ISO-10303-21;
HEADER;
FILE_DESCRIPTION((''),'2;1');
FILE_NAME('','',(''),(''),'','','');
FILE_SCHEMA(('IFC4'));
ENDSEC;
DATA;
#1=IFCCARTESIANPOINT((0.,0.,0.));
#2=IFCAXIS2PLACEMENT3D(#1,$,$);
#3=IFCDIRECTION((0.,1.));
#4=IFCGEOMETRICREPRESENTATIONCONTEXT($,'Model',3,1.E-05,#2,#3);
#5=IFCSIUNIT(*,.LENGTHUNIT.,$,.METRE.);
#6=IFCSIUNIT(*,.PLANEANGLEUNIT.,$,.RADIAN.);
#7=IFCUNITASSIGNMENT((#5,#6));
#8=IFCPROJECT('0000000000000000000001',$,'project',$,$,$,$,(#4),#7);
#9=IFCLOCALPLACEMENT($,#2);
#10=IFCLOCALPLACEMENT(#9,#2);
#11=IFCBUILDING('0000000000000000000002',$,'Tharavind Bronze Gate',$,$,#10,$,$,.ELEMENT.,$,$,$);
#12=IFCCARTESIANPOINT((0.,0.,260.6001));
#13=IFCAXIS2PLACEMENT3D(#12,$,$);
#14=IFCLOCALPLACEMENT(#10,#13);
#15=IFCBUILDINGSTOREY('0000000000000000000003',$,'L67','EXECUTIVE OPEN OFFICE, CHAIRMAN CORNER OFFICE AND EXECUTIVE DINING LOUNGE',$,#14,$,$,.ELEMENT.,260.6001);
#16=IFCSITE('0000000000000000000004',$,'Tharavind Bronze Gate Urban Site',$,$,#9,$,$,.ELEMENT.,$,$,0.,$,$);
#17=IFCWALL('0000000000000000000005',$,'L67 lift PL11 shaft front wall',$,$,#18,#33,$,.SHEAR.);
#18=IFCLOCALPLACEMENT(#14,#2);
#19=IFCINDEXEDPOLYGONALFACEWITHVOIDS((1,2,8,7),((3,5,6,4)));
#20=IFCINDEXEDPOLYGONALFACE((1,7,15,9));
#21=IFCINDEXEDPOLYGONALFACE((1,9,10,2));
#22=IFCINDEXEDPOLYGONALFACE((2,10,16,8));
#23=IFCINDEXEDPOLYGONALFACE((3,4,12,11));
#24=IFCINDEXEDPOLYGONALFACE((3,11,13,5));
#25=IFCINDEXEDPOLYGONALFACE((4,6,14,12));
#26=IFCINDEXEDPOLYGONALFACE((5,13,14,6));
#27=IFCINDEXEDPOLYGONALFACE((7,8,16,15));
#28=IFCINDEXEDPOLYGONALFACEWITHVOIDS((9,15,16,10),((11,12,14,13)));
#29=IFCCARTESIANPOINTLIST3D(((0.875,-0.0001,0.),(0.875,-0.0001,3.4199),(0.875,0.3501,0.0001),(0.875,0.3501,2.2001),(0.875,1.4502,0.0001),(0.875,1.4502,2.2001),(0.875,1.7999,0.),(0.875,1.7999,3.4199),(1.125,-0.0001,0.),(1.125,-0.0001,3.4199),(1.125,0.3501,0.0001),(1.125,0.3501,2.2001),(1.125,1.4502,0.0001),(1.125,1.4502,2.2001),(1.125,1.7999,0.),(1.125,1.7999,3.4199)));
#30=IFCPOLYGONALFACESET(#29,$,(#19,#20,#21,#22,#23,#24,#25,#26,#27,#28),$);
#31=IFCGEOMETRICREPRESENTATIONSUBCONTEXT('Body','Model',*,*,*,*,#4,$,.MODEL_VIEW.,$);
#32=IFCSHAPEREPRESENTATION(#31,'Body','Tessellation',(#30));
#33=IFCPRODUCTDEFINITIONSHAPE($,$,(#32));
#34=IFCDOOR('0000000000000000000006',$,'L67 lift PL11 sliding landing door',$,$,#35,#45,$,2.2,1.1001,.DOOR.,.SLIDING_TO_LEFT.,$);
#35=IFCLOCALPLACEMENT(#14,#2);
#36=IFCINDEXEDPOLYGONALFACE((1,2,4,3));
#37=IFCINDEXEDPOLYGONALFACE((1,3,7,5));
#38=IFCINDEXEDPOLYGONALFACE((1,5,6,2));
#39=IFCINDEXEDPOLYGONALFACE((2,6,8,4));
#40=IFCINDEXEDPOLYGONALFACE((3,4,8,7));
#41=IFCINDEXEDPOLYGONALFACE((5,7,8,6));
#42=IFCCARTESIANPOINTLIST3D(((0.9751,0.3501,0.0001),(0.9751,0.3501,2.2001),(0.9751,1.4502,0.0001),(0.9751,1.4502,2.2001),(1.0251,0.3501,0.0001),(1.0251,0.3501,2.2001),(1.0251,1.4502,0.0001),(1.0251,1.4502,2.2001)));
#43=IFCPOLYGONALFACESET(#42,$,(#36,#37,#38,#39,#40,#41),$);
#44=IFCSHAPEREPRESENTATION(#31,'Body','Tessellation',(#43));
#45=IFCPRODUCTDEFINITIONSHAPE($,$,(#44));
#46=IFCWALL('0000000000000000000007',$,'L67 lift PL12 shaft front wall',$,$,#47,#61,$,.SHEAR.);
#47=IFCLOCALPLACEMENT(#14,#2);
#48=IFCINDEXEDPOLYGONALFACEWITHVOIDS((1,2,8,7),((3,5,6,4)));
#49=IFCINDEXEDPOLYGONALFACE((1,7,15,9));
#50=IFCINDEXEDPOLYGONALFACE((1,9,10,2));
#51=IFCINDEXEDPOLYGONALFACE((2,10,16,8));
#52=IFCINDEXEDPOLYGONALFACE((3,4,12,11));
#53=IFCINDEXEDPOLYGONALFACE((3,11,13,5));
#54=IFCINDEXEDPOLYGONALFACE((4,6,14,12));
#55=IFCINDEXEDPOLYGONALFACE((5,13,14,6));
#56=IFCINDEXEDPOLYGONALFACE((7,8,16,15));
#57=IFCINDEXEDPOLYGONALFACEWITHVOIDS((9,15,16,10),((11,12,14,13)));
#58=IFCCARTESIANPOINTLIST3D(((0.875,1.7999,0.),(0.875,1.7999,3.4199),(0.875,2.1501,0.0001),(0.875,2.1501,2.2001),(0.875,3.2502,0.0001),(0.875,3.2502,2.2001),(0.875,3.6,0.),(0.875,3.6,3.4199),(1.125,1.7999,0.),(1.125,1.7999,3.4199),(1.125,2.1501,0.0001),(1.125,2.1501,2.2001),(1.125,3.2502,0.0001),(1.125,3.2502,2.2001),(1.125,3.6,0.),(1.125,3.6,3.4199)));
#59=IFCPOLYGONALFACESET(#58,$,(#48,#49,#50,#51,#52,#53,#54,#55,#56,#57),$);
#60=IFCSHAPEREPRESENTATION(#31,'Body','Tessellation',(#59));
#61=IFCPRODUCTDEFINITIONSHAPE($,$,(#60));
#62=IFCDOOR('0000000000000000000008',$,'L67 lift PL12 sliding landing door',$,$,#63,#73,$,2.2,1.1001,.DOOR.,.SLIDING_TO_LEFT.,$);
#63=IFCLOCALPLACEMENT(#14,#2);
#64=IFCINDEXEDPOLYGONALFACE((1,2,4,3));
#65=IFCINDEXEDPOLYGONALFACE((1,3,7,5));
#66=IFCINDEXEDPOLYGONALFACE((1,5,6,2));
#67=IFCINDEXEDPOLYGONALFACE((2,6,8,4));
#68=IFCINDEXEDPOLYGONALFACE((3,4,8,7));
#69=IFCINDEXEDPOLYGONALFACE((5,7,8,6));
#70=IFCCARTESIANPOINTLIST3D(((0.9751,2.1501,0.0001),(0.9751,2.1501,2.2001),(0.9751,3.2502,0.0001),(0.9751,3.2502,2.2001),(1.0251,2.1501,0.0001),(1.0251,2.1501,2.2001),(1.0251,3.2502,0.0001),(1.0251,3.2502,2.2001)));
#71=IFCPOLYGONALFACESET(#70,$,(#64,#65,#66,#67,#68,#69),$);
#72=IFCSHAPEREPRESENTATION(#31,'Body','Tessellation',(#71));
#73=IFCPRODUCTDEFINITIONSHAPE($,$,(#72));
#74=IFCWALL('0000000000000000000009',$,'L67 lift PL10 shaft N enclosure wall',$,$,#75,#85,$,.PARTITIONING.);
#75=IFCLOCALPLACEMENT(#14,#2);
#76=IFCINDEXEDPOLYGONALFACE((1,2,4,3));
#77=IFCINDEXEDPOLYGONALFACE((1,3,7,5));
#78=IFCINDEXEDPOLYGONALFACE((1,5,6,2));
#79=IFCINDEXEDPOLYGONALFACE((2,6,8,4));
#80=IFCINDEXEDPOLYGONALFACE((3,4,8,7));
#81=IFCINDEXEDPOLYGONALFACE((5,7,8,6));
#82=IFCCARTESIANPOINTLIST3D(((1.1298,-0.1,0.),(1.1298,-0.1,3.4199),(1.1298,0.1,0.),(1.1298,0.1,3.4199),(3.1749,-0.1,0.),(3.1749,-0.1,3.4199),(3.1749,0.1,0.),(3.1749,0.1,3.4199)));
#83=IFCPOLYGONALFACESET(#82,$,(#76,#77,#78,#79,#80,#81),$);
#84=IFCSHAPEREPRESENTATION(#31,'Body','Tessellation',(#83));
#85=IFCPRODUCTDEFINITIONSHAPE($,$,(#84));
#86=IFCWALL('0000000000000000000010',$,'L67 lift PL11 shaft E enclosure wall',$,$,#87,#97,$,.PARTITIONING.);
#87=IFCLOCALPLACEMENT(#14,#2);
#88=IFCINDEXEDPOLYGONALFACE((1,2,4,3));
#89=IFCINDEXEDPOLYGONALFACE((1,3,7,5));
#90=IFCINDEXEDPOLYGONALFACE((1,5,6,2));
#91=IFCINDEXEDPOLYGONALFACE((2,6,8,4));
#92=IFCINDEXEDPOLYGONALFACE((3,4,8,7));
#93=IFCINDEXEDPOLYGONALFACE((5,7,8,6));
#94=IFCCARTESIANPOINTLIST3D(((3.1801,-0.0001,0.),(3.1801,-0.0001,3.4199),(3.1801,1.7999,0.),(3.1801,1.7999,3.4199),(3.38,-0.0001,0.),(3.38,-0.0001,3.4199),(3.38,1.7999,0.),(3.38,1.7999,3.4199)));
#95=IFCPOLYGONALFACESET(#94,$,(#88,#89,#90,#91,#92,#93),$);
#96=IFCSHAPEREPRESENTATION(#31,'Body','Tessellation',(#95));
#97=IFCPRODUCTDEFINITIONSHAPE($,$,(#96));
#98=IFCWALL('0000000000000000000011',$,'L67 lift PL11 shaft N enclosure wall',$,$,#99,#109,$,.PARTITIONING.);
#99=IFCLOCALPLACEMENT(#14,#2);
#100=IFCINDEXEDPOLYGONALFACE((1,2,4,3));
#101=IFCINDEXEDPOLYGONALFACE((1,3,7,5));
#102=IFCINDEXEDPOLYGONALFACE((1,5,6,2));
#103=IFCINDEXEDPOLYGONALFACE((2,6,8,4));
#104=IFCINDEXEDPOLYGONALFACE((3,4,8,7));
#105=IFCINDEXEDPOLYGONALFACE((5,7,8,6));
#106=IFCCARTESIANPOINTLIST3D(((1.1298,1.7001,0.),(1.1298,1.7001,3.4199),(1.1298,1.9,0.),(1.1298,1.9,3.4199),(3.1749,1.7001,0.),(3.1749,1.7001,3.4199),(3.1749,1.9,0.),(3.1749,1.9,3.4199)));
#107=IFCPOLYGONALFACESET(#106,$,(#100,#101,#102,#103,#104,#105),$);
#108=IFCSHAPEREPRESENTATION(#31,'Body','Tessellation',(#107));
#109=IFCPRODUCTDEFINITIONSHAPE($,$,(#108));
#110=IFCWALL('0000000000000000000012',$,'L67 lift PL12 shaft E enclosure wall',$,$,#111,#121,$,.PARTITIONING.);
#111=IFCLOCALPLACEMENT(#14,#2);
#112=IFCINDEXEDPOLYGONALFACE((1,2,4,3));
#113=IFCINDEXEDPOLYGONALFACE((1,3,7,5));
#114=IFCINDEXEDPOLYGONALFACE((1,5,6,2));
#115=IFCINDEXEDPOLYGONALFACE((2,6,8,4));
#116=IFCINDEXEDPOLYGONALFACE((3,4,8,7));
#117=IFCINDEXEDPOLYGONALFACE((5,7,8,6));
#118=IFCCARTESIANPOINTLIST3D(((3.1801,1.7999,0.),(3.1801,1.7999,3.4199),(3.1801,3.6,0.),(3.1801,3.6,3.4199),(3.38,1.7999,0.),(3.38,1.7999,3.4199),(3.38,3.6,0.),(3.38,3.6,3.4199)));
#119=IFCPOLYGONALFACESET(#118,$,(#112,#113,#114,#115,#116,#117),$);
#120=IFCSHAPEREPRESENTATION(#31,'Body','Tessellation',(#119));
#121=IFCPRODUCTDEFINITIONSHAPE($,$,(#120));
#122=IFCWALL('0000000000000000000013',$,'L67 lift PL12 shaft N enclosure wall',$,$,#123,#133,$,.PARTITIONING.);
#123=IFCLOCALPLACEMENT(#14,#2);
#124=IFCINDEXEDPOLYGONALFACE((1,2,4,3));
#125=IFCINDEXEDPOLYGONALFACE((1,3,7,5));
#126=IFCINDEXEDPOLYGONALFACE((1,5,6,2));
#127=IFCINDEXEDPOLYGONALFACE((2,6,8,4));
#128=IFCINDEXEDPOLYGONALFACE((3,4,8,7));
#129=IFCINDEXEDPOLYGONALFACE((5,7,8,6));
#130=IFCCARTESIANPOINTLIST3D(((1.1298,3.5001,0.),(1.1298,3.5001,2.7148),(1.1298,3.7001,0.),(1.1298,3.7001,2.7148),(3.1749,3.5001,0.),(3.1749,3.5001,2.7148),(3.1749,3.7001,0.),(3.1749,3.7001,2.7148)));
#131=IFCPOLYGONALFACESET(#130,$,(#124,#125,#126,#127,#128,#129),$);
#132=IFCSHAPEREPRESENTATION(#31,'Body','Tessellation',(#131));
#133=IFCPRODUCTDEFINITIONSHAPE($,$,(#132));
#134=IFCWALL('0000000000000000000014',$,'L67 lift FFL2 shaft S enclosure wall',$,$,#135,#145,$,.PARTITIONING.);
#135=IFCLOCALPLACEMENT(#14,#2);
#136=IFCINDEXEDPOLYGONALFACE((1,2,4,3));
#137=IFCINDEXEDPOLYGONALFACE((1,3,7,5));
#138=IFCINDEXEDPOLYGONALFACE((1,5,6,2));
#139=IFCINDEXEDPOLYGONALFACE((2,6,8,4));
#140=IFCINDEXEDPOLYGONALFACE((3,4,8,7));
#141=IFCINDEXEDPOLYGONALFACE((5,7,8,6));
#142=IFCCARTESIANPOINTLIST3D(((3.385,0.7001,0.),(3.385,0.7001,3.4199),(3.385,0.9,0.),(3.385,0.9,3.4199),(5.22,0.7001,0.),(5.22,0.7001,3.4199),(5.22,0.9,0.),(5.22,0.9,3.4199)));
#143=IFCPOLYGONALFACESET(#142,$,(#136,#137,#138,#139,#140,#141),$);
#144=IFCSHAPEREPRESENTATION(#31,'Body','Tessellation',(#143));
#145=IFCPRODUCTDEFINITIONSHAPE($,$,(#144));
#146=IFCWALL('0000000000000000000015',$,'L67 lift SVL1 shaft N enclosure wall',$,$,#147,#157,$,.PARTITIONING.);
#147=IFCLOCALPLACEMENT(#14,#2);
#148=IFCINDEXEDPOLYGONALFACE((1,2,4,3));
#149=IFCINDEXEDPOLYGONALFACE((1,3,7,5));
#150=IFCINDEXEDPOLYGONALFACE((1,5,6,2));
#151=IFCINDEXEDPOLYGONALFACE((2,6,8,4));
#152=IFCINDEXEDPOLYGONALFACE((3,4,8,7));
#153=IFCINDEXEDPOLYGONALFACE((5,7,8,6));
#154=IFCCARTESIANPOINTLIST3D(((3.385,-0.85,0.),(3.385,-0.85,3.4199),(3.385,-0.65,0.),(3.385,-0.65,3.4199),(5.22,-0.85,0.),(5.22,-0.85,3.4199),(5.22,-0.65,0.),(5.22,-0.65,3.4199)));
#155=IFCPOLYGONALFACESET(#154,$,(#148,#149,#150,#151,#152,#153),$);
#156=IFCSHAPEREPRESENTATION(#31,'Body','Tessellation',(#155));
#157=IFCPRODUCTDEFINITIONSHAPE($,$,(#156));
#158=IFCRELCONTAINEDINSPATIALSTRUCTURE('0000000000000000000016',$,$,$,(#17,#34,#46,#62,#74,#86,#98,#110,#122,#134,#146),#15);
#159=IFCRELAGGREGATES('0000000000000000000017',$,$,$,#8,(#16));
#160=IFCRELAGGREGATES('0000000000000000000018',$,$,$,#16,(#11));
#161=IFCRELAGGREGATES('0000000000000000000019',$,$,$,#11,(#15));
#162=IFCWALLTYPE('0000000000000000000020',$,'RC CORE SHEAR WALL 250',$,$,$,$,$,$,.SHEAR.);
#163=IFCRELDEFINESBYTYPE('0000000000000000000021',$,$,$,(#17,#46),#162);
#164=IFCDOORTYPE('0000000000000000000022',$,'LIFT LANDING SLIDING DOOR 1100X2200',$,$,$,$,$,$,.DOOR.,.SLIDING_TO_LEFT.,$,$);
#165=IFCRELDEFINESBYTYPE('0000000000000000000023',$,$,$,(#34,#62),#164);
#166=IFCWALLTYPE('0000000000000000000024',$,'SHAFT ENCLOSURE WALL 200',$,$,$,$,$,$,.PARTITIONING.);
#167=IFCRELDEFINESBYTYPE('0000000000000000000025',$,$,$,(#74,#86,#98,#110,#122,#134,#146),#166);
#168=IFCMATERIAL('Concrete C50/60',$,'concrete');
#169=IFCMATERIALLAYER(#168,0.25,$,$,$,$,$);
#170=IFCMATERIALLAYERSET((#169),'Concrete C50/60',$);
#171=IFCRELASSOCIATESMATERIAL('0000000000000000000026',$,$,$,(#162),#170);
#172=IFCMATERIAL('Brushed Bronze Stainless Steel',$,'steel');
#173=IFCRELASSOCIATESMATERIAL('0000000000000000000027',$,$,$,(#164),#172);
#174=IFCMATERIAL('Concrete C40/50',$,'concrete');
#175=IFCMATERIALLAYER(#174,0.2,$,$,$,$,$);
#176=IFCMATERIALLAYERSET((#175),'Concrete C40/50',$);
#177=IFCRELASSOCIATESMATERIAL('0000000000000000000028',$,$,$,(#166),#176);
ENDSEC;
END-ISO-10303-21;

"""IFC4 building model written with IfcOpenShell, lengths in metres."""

from ifc_helpers import new_model, si_unit, direction, frame, frame_2d, origin, place, context, subcontext, project, spatial, rectangle, extrude, material, layer, layer_set, type_object, element, fill, save


model = new_model("IFC4")

# Units and contexts
model_context = context("Model", 3, precision=1e-05, world=origin(), true_north=direction((0.0, 1.0)))
body_context = subcontext(model_context, "Body", "Model", "MODEL_VIEW")
ifc_project = project(units=[si_unit("LENGTHUNIT", "METRE"), si_unit("PLANEANGLEUNIT", "RADIAN")], contexts=[model_context])

# Site, building, storey
site_placement = place(None, origin())
site = spatial("IfcSite", under=ifc_project, at=site_placement, Name="Tharavind Bronze Gate Urban Site", CompositionType="ELEMENT", RefElevation=0.0)
building_placement = place(site_placement, origin())
building = spatial("IfcBuilding", under=site, at=building_placement, Name="Tharavind Bronze Gate", CompositionType="ELEMENT")
storey_placement = place(building_placement, frame((0.0, 0.0, 260.6001)))
storey = spatial("IfcBuildingStorey", under=building, at=storey_placement, Name="L67", Description="EXECUTIVE OPEN OFFICE, CHAIRMAN CORNER OFFICE AND EXECUTIVE DINING LOUNGE", CompositionType="ELEMENT", Elevation=260.6001)

# Walls, openings, doors
ifc_material_1 = material(Name="Concrete C50/60", Category="concrete")
ifc_layer_1 = layer(ifc_material_1, 0.25)
ifc_layer_set_1 = layer_set([ifc_layer_1], Name="Concrete C50/60")
wall_type_1 = type_object("IfcWallType", Name="RC CORE SHEAR WALL 250", PredefinedType="SHEAR", material=ifc_layer_set_1)
wall_1_placement = place(storey_placement, frame((1.0, 0.0, 0.0), z_axis=(0.0, 0.0, 1.0), x_axis=(0.0, 1.0, 0.0)))
wall_1 = element("IfcWall", 1, at=wall_1_placement, inside=storey, type_object=wall_type_1, Name="L67 lift PL11 shaft front wall", PredefinedType="SHEAR", context=body_context, shape_type="SweptSolid", body=[
    extrude(rectangle(XDim=1.8, YDim=0.25, at=frame_2d((0.8999, 0.0))), origin(), (0.0, 0.0, 1.0), 3.4199),
])
opening_1_placement = place(wall_1_placement, frame((0.3501, 0.0, 0.0)))
opening_1 = element("IfcOpeningElement", 2, at=opening_1_placement, cuts=wall_1, PredefinedType="OPENING", context=body_context, shape_type="SweptSolid", body=[
    extrude(rectangle(XDim=1.1001, YDim=2.2, at=frame_2d((0.55, 1.1001))), frame((0.0, 0.135, 0.0), z_axis=(0.0, -1.0, 0.0), x_axis=(1.0, 0.0, 0.0)), (0.0, 0.0, 1.0), 0.27),
])
ifc_material_2 = material(Name="Brushed Bronze Stainless Steel", Category="steel")
door_type = type_object("IfcDoorType", Name="LIFT LANDING SLIDING DOOR 1100X2200", OperationType="SLIDING_TO_LEFT", PredefinedType="DOOR", material=ifc_material_2)
door_1_placement = place(opening_1_placement, origin())
door_1 = element("IfcDoor", 3, at=door_1_placement, inside=storey, type_object=door_type, Name="L67 lift PL11 sliding landing door", OperationType="SLIDING_TO_LEFT", OverallHeight=2.2, OverallWidth=1.1001, PredefinedType="DOOR", context=body_context, shape_type="SweptSolid", body=[
    extrude(rectangle(XDim=1.1001, YDim=2.2, at=frame_2d((0.55, 1.1001))), frame((0.0, 0.0249, 0.0), z_axis=(0.0, -1.0, 0.0), x_axis=(1.0, 0.0, 0.0)), (0.0, 0.0, 1.0), 0.05),
])
fill(opening_1, door_1)
wall_2_placement = place(storey_placement, frame((1.0, 1.8, 0.0), z_axis=(0.0, 0.0, 1.0), x_axis=(0.0, 1.0, 0.0)))
wall_2 = element("IfcWall", 4, at=wall_2_placement, inside=storey, type_object=wall_type_1, Name="L67 lift PL12 shaft front wall", PredefinedType="SHEAR", context=body_context, shape_type="SweptSolid", body=[
    extrude(rectangle(XDim=1.8, YDim=0.25, at=frame_2d((0.8999, 0.0))), origin(), (0.0, 0.0, 1.0), 3.4199),
])
opening_2_placement = place(wall_2_placement, frame((0.3501, 0.0, 0.0)))
opening_2 = element("IfcOpeningElement", 5, at=opening_2_placement, cuts=wall_2, PredefinedType="OPENING", context=body_context, shape_type="SweptSolid", body=[
    extrude(rectangle(XDim=1.1001, YDim=2.2, at=frame_2d((0.55, 1.1001))), frame((0.0, 0.135, 0.0), z_axis=(0.0, -1.0, 0.0), x_axis=(1.0, 0.0, 0.0)), (0.0, 0.0, 1.0), 0.27),
])
door_2_placement = place(opening_2_placement, origin())
door_2 = element("IfcDoor", 6, at=door_2_placement, inside=storey, type_object=door_type, Name="L67 lift PL12 sliding landing door", OperationType="SLIDING_TO_LEFT", OverallHeight=2.2, OverallWidth=1.1001, PredefinedType="DOOR", context=body_context, shape_type="SweptSolid", body=[
    extrude(rectangle(XDim=1.1001, YDim=2.2, at=frame_2d((0.55, 1.1001))), frame((0.0, 0.0249, 0.0), z_axis=(0.0, -1.0, 0.0), x_axis=(1.0, 0.0, 0.0)), (0.0, 0.0, 1.0), 0.05),
])
fill(opening_2, door_2)

# Walls
ifc_material_3 = material(Name="Concrete C40/50", Category="concrete")
ifc_layer_2 = layer(ifc_material_3, 0.2)
ifc_layer_set_2 = layer_set([ifc_layer_2], Name="Concrete C40/50")
wall_type_2 = type_object("IfcWallType", Name="SHAFT ENCLOSURE WALL 200", PredefinedType="PARTITIONING", material=ifc_layer_set_2)
wall_3_placement = place(storey_placement, frame((1.1299, 0.0, 0.0), z_axis=(0.0, 0.0, 1.0), x_axis=(1.0, 0.0, 0.0)))
element("IfcWall", 7, at=wall_3_placement, inside=storey, type_object=wall_type_2, Name="L67 lift PL10 shaft N enclosure wall", PredefinedType="PARTITIONING", context=body_context, shape_type="SweptSolid", body=[
    extrude(rectangle(XDim=2.0452, YDim=0.2, at=frame_2d((1.0225, 0.0))), origin(), (0.0, 0.0, 1.0), 3.4199),
])
wall_4_placement = place(storey_placement, frame((3.28, 0.0, 0.0), z_axis=(0.0, 0.0, 1.0), x_axis=(0.0, 1.0, 0.0)))
element("IfcWall", 8, at=wall_4_placement, inside=storey, type_object=wall_type_2, Name="L67 lift PL11 shaft E enclosure wall", PredefinedType="PARTITIONING", context=body_context, shape_type="SweptSolid", body=[
    extrude(rectangle(XDim=1.8, YDim=0.2, at=frame_2d((0.8999, 0.0))), origin(), (0.0, 0.0, 1.0), 3.4199),
])
wall_5_placement = place(storey_placement, frame((1.1299, 1.8, 0.0), z_axis=(0.0, 0.0, 1.0), x_axis=(1.0, 0.0, 0.0)))
element("IfcWall", 9, at=wall_5_placement, inside=storey, type_object=wall_type_2, Name="L67 lift PL11 shaft N enclosure wall", PredefinedType="PARTITIONING", context=body_context, shape_type="SweptSolid", body=[
    extrude(rectangle(XDim=2.0452, YDim=0.2, at=frame_2d((1.0225, 0.0))), origin(), (0.0, 0.0, 1.0), 3.4199),
])
wall_6_placement = place(storey_placement, frame((3.28, 1.8, 0.0), z_axis=(0.0, 0.0, 1.0), x_axis=(0.0, 1.0, 0.0)))
element("IfcWall", 10, at=wall_6_placement, inside=storey, type_object=wall_type_2, Name="L67 lift PL12 shaft E enclosure wall", PredefinedType="PARTITIONING", context=body_context, shape_type="SweptSolid", body=[
    extrude(rectangle(XDim=1.8, YDim=0.2, at=frame_2d((0.8999, 0.0))), origin(), (0.0, 0.0, 1.0), 3.4199),
])
wall_7_placement = place(storey_placement, frame((1.1299, 3.6001, 0.0), z_axis=(0.0, 0.0, 1.0), x_axis=(1.0, 0.0, 0.0)))
element("IfcWall", 11, at=wall_7_placement, inside=storey, type_object=wall_type_2, Name="L67 lift PL12 shaft N enclosure wall", PredefinedType="PARTITIONING", context=body_context, shape_type="SweptSolid", body=[
    extrude(rectangle(XDim=2.0452, YDim=0.2, at=frame_2d((1.0225, 0.0))), origin(), (0.0, 0.0, 1.0), 2.7148),
])
for number, where, z_axis, x_axis, name in (
    (12, (3.385, 0.8, 0.0), (0.0, 0.0, 1.0), (1.0, 0.0, 0.0), "L67 lift FFL2 shaft S enclosure wall"),
    (13, (3.385, -0.75, 0.0), (0.0, 0.0, 1.0), (1.0, 0.0, 0.0), "L67 lift SVL1 shaft N enclosure wall"),
):
    element("IfcWall", number, at=place(storey_placement, frame(where, z_axis=z_axis, x_axis=x_axis)), inside=storey, type_object=wall_type_2, Name=name, PredefinedType="PARTITIONING", context=body_context, shape_type="SweptSolid", body=[
        extrude(rectangle(XDim=1.835, YDim=0.2, at=frame_2d((0.9175, 0.0))), origin(), (0.0, 0.0, 1.0), 3.4199),
    ])

save(model, "model.ifc")
